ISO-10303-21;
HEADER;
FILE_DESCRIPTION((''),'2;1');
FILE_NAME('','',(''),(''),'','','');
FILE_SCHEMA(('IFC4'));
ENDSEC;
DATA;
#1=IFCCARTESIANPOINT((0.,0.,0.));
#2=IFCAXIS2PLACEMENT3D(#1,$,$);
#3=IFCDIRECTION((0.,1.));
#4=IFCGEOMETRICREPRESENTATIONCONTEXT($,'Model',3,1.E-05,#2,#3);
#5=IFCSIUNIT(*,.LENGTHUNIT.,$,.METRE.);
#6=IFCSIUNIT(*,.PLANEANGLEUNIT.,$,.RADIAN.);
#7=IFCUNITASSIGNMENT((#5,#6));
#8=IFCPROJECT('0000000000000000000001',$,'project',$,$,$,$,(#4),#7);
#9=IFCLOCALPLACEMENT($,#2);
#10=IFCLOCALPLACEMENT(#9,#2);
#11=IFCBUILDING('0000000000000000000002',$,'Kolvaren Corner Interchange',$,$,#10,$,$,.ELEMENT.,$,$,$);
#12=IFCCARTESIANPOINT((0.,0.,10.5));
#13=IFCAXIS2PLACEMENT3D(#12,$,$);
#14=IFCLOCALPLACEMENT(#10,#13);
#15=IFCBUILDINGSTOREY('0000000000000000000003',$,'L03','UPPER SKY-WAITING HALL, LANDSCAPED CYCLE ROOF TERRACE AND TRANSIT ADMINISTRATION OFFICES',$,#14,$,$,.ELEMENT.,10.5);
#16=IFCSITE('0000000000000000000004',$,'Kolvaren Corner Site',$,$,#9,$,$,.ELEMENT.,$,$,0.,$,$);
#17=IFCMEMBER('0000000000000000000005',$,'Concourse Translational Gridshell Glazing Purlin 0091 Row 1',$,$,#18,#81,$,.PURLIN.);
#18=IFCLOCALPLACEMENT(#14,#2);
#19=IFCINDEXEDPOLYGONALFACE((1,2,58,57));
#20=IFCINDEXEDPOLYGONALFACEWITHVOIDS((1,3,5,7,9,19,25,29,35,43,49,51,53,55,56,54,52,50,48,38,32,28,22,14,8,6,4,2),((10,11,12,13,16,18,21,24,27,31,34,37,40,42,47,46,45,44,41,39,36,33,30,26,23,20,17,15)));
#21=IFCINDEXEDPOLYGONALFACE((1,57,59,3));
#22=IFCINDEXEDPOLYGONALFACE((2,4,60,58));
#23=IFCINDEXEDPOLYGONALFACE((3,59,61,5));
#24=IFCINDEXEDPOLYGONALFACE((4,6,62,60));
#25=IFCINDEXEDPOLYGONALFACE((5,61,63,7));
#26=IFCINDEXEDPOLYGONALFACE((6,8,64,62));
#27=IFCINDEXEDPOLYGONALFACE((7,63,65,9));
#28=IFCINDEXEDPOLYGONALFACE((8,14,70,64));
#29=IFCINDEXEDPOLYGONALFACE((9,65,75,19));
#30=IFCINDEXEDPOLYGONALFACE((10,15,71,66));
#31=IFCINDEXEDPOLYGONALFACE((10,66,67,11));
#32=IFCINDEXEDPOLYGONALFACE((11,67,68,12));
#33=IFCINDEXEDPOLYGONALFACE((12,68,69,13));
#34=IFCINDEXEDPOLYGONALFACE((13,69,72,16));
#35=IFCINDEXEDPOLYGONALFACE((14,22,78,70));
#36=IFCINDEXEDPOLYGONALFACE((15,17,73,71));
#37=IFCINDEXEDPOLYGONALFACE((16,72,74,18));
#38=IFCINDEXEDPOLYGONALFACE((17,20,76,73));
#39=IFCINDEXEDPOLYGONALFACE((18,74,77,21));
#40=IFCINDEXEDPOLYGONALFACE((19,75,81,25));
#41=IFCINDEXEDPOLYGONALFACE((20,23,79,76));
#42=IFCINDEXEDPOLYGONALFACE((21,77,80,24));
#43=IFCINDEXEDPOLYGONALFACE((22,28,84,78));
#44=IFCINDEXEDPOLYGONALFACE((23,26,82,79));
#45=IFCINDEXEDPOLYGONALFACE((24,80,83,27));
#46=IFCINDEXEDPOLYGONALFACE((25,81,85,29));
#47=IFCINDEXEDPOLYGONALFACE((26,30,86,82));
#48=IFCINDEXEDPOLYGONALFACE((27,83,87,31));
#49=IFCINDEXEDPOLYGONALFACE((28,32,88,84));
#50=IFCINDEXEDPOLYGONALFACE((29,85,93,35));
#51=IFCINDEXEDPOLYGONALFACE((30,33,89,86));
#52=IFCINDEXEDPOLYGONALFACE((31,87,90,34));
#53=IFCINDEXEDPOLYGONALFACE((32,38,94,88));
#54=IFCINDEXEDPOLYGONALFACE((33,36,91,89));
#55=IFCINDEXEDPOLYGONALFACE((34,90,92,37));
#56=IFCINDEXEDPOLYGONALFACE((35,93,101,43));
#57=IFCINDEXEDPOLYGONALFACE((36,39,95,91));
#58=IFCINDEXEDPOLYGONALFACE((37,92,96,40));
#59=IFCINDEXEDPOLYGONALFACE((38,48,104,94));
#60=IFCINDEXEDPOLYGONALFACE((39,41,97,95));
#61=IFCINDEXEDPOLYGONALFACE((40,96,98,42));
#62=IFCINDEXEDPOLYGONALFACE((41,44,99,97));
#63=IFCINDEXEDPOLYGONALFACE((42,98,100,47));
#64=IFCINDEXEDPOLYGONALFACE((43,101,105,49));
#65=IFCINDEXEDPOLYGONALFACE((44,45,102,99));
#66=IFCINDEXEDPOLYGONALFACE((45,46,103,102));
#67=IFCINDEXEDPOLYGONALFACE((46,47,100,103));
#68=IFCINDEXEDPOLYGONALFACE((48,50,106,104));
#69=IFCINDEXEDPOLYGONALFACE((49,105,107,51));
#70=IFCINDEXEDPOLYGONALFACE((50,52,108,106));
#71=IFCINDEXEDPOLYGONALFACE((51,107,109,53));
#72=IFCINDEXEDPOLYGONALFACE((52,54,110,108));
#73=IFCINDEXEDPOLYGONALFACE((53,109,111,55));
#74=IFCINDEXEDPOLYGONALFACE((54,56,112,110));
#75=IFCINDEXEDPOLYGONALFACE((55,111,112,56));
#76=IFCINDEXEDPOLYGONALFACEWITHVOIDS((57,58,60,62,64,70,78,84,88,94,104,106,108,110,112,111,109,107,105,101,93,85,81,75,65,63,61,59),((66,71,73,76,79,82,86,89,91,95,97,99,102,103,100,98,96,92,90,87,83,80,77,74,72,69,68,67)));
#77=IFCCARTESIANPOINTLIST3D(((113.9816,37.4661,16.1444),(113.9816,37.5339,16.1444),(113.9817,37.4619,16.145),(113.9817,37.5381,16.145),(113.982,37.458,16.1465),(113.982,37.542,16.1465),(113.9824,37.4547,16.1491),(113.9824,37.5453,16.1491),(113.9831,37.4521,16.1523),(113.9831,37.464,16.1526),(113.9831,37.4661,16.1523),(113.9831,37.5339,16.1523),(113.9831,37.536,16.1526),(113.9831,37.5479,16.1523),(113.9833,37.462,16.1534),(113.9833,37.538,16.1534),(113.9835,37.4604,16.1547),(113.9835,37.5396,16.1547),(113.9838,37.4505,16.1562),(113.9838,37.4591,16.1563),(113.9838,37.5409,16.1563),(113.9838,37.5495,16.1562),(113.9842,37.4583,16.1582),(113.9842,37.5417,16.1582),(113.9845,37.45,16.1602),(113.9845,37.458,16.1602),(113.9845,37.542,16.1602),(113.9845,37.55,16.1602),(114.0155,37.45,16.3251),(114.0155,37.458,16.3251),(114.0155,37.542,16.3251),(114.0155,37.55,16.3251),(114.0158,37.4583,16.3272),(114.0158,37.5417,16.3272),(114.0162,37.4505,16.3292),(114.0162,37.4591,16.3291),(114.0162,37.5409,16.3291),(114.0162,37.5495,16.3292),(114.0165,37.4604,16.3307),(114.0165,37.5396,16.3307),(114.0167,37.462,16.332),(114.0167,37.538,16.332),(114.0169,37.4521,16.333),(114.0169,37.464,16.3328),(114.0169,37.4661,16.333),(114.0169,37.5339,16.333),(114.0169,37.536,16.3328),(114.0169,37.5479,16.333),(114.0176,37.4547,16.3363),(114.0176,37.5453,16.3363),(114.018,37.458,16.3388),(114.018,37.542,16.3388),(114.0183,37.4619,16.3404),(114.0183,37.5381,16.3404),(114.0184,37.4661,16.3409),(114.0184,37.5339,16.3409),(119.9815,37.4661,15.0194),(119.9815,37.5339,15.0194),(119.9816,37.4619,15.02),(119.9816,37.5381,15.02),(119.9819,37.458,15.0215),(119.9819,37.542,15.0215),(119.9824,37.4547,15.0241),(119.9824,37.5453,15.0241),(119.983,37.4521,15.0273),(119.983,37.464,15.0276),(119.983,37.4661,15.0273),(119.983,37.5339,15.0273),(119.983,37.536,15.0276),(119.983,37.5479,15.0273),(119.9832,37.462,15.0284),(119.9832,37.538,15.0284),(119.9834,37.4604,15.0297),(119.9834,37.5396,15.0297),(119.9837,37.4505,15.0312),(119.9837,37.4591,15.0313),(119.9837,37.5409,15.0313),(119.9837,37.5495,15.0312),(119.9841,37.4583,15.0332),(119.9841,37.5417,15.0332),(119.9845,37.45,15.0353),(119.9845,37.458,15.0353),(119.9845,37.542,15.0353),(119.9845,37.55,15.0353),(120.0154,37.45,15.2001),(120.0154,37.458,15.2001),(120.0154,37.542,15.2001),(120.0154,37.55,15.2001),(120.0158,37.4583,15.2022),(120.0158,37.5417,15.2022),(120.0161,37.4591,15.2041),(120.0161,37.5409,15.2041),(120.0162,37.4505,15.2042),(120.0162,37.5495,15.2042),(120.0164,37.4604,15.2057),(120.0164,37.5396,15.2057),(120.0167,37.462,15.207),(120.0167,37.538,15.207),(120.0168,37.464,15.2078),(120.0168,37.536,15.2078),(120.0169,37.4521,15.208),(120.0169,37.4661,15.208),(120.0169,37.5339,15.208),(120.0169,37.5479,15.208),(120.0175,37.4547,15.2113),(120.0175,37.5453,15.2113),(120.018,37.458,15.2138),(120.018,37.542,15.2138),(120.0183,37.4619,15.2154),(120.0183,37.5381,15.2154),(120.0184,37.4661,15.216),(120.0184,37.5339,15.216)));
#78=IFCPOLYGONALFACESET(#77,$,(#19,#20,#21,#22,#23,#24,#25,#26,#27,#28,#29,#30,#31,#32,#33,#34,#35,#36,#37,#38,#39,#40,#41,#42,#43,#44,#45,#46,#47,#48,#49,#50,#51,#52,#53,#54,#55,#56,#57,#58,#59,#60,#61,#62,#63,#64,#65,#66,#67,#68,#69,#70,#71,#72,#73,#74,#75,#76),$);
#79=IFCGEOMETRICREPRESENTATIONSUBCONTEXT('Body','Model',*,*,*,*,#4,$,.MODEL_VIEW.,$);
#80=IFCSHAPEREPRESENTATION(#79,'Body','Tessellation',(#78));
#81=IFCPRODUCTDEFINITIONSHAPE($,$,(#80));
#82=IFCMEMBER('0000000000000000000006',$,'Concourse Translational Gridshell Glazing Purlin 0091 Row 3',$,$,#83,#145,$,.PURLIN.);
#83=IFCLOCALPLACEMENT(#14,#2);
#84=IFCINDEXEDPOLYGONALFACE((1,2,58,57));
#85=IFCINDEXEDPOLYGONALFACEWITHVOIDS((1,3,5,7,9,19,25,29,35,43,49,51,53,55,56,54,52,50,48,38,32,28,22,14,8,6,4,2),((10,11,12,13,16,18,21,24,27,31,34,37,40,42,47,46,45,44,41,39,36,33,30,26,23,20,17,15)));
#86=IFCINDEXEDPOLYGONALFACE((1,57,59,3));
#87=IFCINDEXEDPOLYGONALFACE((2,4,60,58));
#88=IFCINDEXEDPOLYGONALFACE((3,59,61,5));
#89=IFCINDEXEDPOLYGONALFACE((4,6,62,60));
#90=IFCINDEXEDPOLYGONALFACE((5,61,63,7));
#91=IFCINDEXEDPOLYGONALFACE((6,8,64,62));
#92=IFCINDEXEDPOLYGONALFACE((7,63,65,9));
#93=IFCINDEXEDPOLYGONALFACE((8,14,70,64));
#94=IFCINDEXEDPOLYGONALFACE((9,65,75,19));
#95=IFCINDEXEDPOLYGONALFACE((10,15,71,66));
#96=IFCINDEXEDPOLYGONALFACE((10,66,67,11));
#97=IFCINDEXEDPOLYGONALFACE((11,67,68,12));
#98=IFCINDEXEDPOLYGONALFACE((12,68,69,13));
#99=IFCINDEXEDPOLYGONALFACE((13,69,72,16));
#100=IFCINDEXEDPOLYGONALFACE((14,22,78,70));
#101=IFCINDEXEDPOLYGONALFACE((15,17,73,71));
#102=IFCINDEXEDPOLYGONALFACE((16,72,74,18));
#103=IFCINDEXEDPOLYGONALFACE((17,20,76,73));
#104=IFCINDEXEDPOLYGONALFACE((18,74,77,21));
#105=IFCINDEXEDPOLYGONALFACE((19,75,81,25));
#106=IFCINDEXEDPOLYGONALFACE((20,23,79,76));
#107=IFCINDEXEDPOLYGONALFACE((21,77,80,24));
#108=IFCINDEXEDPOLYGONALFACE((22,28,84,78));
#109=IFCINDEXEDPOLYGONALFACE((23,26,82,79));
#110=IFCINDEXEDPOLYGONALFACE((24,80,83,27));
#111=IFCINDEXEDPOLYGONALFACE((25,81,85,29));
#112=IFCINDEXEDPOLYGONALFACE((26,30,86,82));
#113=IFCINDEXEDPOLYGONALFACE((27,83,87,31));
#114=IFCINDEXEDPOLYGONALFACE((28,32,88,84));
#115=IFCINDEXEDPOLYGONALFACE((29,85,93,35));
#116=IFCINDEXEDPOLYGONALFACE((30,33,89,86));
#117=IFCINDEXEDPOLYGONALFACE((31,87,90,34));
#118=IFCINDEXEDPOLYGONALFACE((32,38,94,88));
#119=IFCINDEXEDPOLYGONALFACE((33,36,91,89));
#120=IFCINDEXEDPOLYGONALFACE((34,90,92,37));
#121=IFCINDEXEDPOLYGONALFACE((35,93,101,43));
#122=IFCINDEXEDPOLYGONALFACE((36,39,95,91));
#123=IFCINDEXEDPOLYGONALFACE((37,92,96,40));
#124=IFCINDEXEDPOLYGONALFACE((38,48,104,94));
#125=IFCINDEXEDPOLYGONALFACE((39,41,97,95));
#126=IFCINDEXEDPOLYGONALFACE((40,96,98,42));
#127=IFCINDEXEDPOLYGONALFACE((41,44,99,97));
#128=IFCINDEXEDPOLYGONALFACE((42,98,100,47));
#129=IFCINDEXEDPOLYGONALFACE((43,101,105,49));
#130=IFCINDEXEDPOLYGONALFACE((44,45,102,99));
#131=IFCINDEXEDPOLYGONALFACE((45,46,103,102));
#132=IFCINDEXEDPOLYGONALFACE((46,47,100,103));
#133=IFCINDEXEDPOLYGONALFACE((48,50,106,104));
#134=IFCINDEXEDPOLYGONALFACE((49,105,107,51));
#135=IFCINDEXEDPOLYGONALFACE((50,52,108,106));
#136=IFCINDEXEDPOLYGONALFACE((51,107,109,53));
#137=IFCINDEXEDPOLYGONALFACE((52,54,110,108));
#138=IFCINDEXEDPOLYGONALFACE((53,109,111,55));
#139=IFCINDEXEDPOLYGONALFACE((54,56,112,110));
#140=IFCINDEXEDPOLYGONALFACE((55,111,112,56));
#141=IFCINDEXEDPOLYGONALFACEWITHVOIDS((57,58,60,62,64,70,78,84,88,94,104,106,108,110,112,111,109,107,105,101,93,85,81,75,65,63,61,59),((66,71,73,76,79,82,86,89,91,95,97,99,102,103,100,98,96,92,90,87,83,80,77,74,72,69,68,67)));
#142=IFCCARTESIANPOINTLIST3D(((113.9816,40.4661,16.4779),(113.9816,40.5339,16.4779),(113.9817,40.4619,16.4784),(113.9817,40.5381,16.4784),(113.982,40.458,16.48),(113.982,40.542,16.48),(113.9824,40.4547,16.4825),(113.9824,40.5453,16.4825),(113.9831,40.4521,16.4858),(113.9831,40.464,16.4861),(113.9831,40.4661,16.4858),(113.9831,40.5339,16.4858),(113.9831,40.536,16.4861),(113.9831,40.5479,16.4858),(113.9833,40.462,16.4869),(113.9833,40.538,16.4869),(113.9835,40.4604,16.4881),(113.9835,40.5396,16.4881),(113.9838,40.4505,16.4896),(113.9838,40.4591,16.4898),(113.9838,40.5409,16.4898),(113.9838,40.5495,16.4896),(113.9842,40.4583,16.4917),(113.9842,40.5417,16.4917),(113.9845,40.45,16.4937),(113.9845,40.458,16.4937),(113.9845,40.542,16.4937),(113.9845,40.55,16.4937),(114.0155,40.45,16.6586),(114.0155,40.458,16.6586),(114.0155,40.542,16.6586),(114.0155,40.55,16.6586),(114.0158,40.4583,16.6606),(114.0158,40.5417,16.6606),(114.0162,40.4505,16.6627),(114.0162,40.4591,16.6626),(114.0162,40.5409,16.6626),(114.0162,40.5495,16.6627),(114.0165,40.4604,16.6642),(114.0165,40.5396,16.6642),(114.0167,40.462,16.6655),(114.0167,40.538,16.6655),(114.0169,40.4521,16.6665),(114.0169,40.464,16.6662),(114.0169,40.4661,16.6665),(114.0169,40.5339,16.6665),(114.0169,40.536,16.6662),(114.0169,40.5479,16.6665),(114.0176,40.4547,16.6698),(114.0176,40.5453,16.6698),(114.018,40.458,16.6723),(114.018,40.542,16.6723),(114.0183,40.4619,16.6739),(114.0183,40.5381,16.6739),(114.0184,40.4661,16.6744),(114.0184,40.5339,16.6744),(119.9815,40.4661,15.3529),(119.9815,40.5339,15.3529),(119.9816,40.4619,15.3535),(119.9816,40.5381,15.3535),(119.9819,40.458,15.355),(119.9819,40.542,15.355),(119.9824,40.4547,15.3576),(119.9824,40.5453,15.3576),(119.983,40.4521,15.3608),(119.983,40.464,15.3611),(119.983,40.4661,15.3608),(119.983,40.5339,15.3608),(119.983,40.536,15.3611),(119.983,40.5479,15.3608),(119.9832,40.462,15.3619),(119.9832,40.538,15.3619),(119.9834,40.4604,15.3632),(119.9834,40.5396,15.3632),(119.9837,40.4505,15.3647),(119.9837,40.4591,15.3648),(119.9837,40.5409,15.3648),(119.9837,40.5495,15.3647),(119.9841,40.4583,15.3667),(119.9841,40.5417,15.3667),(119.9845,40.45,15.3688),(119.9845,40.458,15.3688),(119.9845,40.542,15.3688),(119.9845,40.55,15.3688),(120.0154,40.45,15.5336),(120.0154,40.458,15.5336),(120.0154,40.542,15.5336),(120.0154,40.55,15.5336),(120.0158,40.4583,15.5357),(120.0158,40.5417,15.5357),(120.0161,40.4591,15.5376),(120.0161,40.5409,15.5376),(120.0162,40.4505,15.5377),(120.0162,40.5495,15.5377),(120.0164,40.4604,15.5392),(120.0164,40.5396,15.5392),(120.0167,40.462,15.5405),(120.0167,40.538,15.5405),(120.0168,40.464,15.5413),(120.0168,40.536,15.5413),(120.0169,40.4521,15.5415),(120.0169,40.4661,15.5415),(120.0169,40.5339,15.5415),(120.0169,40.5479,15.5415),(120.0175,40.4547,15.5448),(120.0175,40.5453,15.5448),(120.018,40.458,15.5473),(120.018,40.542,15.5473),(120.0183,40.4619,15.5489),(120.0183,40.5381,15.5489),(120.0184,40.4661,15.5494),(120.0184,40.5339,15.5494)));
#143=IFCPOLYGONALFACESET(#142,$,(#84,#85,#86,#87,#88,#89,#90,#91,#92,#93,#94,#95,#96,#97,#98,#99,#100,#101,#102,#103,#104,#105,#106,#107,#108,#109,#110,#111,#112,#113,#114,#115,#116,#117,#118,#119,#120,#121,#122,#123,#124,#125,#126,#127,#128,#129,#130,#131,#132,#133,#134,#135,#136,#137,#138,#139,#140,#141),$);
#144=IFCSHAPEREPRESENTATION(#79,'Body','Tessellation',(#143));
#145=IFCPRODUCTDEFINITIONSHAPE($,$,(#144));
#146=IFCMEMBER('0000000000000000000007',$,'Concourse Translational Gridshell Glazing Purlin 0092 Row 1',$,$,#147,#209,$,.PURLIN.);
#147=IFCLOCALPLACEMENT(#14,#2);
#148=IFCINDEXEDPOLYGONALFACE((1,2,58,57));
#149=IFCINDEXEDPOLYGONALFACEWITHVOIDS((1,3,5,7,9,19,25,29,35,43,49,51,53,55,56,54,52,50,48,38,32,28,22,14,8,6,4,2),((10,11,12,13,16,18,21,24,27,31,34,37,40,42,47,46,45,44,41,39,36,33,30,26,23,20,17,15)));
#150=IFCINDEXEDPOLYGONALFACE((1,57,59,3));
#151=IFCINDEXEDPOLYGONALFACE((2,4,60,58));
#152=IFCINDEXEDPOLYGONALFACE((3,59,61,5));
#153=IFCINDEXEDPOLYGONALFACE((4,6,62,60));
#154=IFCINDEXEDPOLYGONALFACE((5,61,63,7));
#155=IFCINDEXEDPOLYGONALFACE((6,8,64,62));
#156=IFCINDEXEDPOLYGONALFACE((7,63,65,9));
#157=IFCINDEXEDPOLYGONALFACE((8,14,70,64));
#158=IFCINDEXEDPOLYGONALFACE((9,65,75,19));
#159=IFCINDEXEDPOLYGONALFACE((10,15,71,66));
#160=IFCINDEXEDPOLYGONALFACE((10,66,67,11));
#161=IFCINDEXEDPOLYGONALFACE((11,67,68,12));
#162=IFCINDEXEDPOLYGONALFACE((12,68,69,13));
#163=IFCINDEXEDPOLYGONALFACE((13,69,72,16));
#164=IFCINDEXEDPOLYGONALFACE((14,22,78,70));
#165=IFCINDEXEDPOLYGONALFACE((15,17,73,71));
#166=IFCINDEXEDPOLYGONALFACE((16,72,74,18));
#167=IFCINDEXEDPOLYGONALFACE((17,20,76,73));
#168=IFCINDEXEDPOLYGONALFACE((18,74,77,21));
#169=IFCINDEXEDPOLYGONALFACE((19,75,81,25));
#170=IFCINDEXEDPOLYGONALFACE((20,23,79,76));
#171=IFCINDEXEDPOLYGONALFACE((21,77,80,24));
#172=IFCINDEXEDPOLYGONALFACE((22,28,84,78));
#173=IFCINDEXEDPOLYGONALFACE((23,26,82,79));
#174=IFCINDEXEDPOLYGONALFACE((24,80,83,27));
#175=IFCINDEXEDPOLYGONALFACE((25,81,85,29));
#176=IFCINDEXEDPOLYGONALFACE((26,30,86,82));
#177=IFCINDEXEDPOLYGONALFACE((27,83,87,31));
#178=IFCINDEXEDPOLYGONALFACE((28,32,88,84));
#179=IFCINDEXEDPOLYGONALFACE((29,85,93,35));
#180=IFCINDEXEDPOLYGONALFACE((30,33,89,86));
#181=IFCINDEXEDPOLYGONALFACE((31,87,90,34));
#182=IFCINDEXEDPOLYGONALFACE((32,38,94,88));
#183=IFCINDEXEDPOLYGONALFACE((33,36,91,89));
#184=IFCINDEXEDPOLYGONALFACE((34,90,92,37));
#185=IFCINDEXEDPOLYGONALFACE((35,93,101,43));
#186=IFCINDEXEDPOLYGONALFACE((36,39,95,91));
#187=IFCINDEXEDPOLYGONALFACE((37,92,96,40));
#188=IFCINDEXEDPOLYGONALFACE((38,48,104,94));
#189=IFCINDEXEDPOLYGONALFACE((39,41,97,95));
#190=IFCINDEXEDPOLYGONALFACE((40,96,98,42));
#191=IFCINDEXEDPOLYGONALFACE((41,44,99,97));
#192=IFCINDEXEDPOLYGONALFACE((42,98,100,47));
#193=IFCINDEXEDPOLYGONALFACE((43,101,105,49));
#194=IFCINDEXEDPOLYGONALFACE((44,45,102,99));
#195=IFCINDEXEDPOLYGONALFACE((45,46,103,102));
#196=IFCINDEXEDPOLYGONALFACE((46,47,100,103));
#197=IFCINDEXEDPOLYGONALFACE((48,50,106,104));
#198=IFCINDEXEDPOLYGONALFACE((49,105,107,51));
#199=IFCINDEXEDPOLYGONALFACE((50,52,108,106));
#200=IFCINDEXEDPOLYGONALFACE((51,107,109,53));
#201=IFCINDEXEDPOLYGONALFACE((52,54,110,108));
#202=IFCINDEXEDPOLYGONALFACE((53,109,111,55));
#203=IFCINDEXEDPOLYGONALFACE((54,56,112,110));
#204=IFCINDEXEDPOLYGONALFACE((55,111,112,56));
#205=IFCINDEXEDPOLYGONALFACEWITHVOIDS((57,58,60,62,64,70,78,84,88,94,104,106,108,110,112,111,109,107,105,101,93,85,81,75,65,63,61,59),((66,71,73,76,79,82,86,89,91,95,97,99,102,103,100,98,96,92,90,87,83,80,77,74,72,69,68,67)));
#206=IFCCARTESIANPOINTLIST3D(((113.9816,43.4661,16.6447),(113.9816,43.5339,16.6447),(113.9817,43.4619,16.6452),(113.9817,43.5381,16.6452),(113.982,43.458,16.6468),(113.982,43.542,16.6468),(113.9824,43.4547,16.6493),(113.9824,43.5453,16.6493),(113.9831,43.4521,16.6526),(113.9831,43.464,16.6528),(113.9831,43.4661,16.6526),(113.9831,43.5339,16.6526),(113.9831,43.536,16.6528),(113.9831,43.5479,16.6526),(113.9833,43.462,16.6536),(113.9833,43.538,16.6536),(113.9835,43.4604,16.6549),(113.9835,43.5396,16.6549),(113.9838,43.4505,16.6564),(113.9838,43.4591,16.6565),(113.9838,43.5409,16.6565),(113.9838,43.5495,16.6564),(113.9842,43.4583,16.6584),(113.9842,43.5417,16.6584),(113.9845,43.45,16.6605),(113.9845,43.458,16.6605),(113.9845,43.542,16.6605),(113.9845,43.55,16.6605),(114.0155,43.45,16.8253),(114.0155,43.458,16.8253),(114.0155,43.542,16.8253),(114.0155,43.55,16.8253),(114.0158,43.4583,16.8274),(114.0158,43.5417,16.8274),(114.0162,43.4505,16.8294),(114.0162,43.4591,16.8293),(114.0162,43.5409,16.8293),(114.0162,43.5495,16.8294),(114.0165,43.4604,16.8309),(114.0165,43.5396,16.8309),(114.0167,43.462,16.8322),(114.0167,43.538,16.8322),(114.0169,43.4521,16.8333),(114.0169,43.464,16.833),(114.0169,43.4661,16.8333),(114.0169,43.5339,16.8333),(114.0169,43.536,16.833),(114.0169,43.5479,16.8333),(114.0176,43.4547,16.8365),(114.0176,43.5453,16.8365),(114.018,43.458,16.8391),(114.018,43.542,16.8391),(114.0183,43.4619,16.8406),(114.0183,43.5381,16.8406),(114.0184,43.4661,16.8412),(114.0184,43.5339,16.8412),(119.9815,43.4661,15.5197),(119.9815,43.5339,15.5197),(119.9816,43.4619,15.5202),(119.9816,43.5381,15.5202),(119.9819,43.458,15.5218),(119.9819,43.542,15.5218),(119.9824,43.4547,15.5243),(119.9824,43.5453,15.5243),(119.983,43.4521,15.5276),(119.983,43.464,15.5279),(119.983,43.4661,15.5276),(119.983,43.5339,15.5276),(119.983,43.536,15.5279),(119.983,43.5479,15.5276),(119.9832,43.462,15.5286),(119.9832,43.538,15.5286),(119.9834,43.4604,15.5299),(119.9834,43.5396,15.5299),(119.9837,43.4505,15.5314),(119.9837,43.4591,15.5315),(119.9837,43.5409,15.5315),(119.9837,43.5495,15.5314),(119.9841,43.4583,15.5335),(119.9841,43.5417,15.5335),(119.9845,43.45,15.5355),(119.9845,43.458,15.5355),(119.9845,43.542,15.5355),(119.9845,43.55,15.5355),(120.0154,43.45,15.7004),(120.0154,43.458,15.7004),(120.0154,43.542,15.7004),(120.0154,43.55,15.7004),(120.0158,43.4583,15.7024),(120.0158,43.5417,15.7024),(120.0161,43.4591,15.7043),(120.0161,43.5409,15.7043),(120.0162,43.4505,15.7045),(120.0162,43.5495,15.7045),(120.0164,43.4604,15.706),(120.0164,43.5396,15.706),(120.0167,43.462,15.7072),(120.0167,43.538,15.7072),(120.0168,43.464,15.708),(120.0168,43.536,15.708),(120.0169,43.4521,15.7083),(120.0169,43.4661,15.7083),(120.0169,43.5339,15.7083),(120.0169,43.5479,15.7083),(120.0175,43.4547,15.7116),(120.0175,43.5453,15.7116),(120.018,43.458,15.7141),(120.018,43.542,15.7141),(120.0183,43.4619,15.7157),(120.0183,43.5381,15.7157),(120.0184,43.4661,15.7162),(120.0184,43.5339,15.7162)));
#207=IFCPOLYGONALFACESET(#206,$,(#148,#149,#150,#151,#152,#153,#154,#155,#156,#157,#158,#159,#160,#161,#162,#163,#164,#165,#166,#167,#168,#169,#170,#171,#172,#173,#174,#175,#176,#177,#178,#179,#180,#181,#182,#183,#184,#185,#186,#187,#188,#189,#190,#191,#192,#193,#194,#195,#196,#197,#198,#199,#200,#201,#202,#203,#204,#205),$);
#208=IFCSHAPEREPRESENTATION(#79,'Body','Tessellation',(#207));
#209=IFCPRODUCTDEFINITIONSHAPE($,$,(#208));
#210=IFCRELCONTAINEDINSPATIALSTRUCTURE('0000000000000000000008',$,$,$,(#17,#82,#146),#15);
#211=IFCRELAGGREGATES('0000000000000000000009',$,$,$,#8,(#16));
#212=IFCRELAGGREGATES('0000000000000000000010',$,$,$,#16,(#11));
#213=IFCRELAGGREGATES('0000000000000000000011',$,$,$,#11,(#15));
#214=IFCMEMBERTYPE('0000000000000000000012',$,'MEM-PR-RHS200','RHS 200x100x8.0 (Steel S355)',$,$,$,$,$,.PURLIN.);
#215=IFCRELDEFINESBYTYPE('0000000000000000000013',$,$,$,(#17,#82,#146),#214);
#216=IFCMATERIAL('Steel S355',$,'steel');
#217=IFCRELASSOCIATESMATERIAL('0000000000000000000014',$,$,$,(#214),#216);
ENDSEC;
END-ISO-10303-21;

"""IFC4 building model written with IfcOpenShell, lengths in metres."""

from ifc_helpers import new_model, si_unit, direction, frame, origin, origin_2d, place, context, subcontext, project, spatial, hollow_rectangle, extrude, material, material_profile, profile_set, type_object, element, save


model = new_model("IFC4")

# Units and contexts
model_context = context("Model", 3, precision=1e-05, world=origin(), true_north=direction((0.0, 1.0)))
body_context = subcontext(model_context, "Body", "Model", "MODEL_VIEW")
ifc_project = project(units=[si_unit("LENGTHUNIT", "METRE"), si_unit("PLANEANGLEUNIT", "RADIAN")], contexts=[model_context])

# Site, building, storey
site_placement = place(None, origin())
site = spatial("IfcSite", under=ifc_project, at=site_placement, Name="Kolvaren Corner Site", CompositionType="ELEMENT", RefElevation=0.0)
building_placement = place(site_placement, origin())
building = spatial("IfcBuilding", under=site, at=building_placement, Name="Kolvaren Corner Interchange", CompositionType="ELEMENT")
storey_placement = place(building_placement, frame((0.0, 0.0, 10.5)))
storey = spatial("IfcBuildingStorey", under=building, at=storey_placement, Name="L03", Description="UPPER SKY-WAITING HALL, LANDSCAPED CYCLE ROOF TERRACE AND TRANSIT ADMINISTRATION OFFICES", CompositionType="ELEMENT", Elevation=10.5)

# Members
ifc_material_1 = material(Name="Steel S355", Category="steel")
ifc_material_profile_1 = material_profile(ifc_material_1, hollow_rectangle(XDim=0.1001, YDim=0.2, WallThickness=0.0081, InnerFilletRadius=0.0081, OuterFilletRadius=0.0161, at=origin_2d()), Name="RHS 200x100x8.0")
ifc_profile_set_1 = profile_set([ifc_material_profile_1], Name="Steel S355")
member_type_1 = type_object("IfcMemberType", Name="MEM-PR-RHS200", Description="RHS 200x100x8.0 (Steel S355)", PredefinedType="PURLIN", material=ifc_profile_set_1)
for number, where, z_axis, x_axis, name in (
    (1, (114.0, 37.5, 16.2427), (0.982872, 0.0, -0.184289), (0.0, 1.0, 0.0), "Concourse Translational Gridshell Glazing Purlin 0091 Row 1"),
    (2, (114.0, 40.5, 16.5762), (0.982872, 0.0, -0.184289), (0.0, 1.0, 0.0), "Concourse Translational Gridshell Glazing Purlin 0091 Row 3"),
    (3, (114.0, 43.5, 16.7429), (0.982872, 0.0, -0.184289), (0.0, 1.0, 0.0), "Concourse Translational Gridshell Glazing Purlin 0092 Row 1"),
):
    element("IfcMember", number, at=place(storey_placement, frame(where, z_axis=z_axis, x_axis=x_axis)), inside=storey, type_object=member_type_1, Name=name, PredefinedType="PURLIN", context=body_context, shape_type="SweptSolid", body=[
        extrude(hollow_rectangle(XDim=0.1001, YDim=0.2, WallThickness=0.0081, InnerFilletRadius=0.0081, OuterFilletRadius=0.0161, at=origin_2d()), origin(), (0.0, 0.0, 1.0), 6.1045),
    ])

save(model, "model.ifc")
